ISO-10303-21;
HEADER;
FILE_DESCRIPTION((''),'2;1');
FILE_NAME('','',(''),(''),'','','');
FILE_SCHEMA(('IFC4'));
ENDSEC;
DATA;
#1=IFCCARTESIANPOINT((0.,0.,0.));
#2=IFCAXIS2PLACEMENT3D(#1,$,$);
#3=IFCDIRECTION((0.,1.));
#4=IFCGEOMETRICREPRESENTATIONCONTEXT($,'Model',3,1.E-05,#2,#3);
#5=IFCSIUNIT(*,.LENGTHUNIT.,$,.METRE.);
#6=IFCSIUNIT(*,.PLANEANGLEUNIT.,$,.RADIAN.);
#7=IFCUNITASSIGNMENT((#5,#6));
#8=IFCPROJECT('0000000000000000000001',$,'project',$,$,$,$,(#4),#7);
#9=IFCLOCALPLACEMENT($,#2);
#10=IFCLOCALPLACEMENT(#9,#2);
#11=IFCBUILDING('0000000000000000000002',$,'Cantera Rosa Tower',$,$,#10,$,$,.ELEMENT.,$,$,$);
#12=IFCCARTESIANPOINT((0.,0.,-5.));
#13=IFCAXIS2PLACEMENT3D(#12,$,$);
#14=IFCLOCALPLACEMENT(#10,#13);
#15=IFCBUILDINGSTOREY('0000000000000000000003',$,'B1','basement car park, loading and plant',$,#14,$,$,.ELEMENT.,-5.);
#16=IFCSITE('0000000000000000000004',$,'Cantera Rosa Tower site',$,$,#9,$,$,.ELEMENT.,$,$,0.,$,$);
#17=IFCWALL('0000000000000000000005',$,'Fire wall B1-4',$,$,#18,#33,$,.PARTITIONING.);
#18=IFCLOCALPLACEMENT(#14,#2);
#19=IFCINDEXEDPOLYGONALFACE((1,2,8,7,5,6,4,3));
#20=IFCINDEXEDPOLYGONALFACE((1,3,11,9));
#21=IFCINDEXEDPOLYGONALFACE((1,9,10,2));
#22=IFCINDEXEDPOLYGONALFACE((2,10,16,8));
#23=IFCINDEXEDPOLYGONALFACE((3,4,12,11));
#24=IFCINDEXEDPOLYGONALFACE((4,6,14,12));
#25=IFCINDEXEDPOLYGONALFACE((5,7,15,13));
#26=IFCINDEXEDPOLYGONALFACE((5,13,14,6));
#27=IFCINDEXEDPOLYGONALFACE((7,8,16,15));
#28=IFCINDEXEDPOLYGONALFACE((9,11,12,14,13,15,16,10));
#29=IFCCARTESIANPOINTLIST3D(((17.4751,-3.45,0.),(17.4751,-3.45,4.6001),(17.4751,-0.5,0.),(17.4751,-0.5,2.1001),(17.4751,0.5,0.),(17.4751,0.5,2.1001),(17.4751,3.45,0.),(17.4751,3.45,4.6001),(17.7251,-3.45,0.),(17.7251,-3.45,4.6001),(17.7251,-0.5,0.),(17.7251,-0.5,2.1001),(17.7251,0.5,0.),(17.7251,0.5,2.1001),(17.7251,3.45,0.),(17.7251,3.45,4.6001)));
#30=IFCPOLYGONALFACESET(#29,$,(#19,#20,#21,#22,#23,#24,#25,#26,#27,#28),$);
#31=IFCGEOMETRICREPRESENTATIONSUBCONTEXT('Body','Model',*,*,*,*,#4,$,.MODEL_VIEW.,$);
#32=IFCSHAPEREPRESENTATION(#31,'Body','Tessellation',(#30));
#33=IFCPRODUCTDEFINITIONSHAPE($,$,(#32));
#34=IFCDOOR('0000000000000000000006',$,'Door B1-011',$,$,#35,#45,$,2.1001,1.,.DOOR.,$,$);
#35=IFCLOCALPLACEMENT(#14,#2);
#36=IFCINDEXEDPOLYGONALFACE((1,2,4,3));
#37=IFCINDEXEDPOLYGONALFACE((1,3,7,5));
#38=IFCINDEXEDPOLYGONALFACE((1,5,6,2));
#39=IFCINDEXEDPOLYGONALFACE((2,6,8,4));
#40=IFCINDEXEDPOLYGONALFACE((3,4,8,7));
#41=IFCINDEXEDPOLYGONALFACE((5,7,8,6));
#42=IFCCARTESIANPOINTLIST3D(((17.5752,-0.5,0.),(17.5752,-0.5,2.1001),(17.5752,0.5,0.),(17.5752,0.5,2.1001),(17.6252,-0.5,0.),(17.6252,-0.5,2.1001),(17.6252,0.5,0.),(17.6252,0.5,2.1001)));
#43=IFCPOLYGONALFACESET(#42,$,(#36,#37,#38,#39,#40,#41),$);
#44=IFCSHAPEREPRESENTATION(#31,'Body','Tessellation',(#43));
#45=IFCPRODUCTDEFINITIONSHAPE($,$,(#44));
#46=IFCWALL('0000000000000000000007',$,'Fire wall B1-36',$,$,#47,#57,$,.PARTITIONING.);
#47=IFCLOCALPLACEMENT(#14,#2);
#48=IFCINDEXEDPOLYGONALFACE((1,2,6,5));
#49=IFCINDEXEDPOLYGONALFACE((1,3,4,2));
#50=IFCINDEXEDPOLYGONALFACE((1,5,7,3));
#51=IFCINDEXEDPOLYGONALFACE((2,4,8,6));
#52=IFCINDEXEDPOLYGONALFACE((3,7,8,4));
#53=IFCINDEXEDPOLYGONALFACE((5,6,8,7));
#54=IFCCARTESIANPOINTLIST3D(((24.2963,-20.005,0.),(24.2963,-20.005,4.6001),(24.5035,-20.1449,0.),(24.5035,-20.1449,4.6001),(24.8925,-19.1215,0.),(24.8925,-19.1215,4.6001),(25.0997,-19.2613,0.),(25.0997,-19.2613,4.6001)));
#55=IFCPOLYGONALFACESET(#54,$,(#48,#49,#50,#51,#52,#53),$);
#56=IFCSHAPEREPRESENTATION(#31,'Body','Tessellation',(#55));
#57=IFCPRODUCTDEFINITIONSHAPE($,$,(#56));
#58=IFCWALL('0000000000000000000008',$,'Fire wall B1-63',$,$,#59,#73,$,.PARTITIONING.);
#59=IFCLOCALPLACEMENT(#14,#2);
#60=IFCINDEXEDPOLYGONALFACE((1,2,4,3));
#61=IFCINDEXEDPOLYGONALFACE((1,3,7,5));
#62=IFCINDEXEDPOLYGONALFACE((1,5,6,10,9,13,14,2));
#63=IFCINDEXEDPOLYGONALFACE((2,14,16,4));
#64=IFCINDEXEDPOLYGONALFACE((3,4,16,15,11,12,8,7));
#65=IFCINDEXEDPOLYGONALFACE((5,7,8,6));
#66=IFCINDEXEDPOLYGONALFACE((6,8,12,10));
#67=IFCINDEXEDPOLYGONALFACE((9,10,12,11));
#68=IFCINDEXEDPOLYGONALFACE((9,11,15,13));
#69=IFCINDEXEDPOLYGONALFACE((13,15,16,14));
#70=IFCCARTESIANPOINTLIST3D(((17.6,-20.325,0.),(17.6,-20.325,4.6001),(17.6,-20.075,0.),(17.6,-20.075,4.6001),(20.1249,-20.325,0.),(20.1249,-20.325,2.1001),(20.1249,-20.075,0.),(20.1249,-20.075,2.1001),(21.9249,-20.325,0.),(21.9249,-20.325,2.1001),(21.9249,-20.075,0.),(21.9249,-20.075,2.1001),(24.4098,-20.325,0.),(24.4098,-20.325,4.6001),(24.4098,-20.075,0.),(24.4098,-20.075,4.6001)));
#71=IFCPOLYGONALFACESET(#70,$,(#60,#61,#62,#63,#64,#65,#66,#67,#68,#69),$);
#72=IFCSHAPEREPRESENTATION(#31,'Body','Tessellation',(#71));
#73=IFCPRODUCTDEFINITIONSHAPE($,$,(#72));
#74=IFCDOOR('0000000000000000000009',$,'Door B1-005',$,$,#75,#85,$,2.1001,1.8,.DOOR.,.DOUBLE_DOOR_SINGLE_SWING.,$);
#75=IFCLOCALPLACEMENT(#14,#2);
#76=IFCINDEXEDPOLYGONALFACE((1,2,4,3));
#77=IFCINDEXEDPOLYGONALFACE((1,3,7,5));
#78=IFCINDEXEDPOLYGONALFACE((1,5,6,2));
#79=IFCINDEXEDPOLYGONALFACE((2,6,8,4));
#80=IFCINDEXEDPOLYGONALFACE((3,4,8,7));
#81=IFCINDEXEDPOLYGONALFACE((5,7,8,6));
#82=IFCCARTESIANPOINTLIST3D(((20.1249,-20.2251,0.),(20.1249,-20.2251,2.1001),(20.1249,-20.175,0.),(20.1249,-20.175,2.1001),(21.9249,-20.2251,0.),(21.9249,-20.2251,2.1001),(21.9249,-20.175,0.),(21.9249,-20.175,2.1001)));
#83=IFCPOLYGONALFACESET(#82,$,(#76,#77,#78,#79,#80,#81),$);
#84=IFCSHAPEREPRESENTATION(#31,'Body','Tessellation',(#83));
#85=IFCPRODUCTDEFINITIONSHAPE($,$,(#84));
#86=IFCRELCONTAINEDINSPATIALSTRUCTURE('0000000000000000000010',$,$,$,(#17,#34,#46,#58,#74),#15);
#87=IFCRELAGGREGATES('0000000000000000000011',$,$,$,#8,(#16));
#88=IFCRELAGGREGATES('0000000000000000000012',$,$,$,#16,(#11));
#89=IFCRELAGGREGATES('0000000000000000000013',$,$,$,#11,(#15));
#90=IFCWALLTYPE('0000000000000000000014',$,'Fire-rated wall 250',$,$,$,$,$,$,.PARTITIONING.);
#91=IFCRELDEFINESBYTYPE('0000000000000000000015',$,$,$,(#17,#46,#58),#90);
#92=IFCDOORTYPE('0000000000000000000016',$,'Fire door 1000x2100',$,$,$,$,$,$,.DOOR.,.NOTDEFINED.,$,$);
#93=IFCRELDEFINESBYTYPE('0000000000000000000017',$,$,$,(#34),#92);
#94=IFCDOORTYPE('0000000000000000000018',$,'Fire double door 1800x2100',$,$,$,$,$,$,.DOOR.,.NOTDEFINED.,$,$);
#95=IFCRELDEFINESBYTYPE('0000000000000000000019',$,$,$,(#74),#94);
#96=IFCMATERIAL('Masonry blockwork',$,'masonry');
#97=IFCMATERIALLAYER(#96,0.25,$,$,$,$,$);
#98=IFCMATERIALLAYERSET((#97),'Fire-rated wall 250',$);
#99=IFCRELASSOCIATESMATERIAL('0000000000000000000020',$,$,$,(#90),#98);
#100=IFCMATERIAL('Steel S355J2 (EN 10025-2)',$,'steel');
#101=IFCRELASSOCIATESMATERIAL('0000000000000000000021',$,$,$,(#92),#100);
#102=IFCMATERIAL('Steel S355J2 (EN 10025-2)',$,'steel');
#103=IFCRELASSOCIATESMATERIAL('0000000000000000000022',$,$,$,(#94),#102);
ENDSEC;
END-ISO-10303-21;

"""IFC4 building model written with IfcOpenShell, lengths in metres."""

from ifc_helpers import new_model, si_unit, direction, frame, frame_2d, origin, place, context, subcontext, project, spatial, rectangle, extrude, material, layer, layer_set, type_object, element, fill, save


model = new_model("IFC4")

# Units and contexts
model_context = context("Model", 3, precision=1e-05, world=origin(), true_north=direction((0.0, 1.0)))
body_context = subcontext(model_context, "Body", "Model", "MODEL_VIEW")
ifc_project = project(units=[si_unit("LENGTHUNIT", "METRE"), si_unit("PLANEANGLEUNIT", "RADIAN")], contexts=[model_context])

# Site, building, storey
site_placement = place(None, origin())
site = spatial("IfcSite", under=ifc_project, at=site_placement, Name="Cantera Rosa Tower site", CompositionType="ELEMENT", RefElevation=0.0)
building_placement = place(site_placement, origin())
building = spatial("IfcBuilding", under=site, at=building_placement, Name="Cantera Rosa Tower", CompositionType="ELEMENT")
storey_placement = place(building_placement, frame((0.0, 0.0, -5.0)))
storey = spatial("IfcBuildingStorey", under=building, at=storey_placement, Name="B1", Description="basement car park, loading and plant", CompositionType="ELEMENT", Elevation=-5.0)

# Shared definitions
ifc_material_1 = material(Name="Masonry blockwork", Category="masonry")
ifc_layer_1 = layer(ifc_material_1, 0.25)
ifc_layer_set_1 = layer_set([ifc_layer_1], Name="Fire-rated wall 250")
wall_type_1 = type_object("IfcWallType", Name="Fire-rated wall 250", PredefinedType="PARTITIONING", material=ifc_layer_set_1)

# Wall, opening, door
wall_1_placement = place(storey_placement, frame((17.6001, -3.45, 0.0), z_axis=(0.0, 0.0, 1.0), x_axis=(0.0, 1.0, 0.0)))
wall_1 = element("IfcWall", 1, at=wall_1_placement, inside=storey, type_object=wall_type_1, Name="Fire wall B1-4", PredefinedType="PARTITIONING", context=body_context, shape_type="SweptSolid", body=[
    extrude(rectangle(XDim=6.8999, YDim=0.25, at=frame_2d((3.45, 0.0))), origin(), (0.0, 0.0, 1.0), 4.6001),
])
opening_1_placement = place(wall_1_placement, frame((2.95, 0.0, 0.0)))
opening_1 = element("IfcOpeningElement", 2, at=opening_1_placement, cuts=wall_1, PredefinedType="OPENING", context=body_context, shape_type="SweptSolid", body=[
    extrude(rectangle(XDim=1.0, YDim=2.1001, at=frame_2d((0.5, 1.05))), frame((0.0, 0.135, 0.0), z_axis=(0.0, -1.0, 0.0), x_axis=(1.0, 0.0, 0.0)), (0.0, 0.0, 1.0), 0.27),
])
ifc_material_2 = material(Name="Steel S355J2 (EN 10025-2)", Category="steel")
door_type_1 = type_object("IfcDoorType", Name="Fire door 1000x2100", OperationType="NOTDEFINED", PredefinedType="DOOR", material=ifc_material_2)
door_1_placement = place(opening_1_placement, origin())
door_1 = element("IfcDoor", 3, at=door_1_placement, inside=storey, type_object=door_type_1, Name="Door B1-011", OverallHeight=2.1001, OverallWidth=1.0, PredefinedType="DOOR", context=body_context, shape_type="SweptSolid", body=[
    extrude(rectangle(XDim=1.0, YDim=2.1001, at=frame_2d((0.5, 1.05))), frame((0.0, 0.0249, 0.0), z_axis=(0.0, -1.0, 0.0), x_axis=(1.0, 0.0, 0.0)), (0.0, 0.0, 1.0), 0.05),
])
fill(opening_1, door_1)

# Wall
wall_2_placement = place(storey_placement, frame((24.3999, -20.075, 0.0), z_axis=(0.0, 0.0, 1.0), x_axis=(0.559343, 0.828936, 0.0)))
element("IfcWall", 4, at=wall_2_placement, inside=storey, type_object=wall_type_1, Name="Fire wall B1-36", PredefinedType="PARTITIONING", context=body_context, shape_type="SweptSolid", body=[
    extrude(rectangle(XDim=1.0659, YDim=0.25, at=frame_2d((0.533, 0.0))), origin(), (0.0, 0.0, 1.0), 4.6001),
])

# Wall, opening, door
wall_3_placement = place(storey_placement, frame((17.6001, -20.2, 0.0), z_axis=(0.0, 0.0, 1.0), x_axis=(1.0, 0.0, 0.0)))
wall_3 = element("IfcWall", 5, at=wall_3_placement, inside=storey, type_object=wall_type_1, Name="Fire wall B1-63", PredefinedType="PARTITIONING", context=body_context, shape_type="SweptSolid", body=[
    extrude(rectangle(XDim=6.8098, YDim=0.25, at=frame_2d((3.4048, 0.0))), origin(), (0.0, 0.0, 1.0), 4.6001),
])
opening_2_placement = place(wall_3_placement, frame((2.5249, 0.0, 0.0)))
opening_2 = element("IfcOpeningElement", 6, at=opening_2_placement, cuts=wall_3, PredefinedType="OPENING", context=body_context, shape_type="SweptSolid", body=[
    extrude(rectangle(XDim=1.8, YDim=2.1001, at=frame_2d((0.8999, 1.05))), frame((0.0, 0.135, 0.0), z_axis=(0.0, -1.0, 0.0), x_axis=(1.0, 0.0, 0.0)), (0.0, 0.0, 1.0), 0.27),
])
ifc_material_3 = material(Name="Steel S355J2 (EN 10025-2)", Category="steel")
door_type_2 = type_object("IfcDoorType", Name="Fire double door 1800x2100", OperationType="NOTDEFINED", PredefinedType="DOOR", material=ifc_material_3)
door_2_placement = place(opening_2_placement, origin())
door_2 = element("IfcDoor", 7, at=door_2_placement, inside=storey, type_object=door_type_2, Name="Door B1-005", OperationType="DOUBLE_DOOR_SINGLE_SWING", OverallHeight=2.1001, OverallWidth=1.8, PredefinedType="DOOR", context=body_context, shape_type="SweptSolid", body=[
    extrude(rectangle(XDim=1.8, YDim=2.1001, at=frame_2d((0.8999, 1.05))), frame((0.0, 0.0249, 0.0), z_axis=(0.0, -1.0, 0.0), x_axis=(1.0, 0.0, 0.0)), (0.0, 0.0, 1.0), 0.05),
])
fill(opening_2, door_2)

save(model, "model.ifc")
